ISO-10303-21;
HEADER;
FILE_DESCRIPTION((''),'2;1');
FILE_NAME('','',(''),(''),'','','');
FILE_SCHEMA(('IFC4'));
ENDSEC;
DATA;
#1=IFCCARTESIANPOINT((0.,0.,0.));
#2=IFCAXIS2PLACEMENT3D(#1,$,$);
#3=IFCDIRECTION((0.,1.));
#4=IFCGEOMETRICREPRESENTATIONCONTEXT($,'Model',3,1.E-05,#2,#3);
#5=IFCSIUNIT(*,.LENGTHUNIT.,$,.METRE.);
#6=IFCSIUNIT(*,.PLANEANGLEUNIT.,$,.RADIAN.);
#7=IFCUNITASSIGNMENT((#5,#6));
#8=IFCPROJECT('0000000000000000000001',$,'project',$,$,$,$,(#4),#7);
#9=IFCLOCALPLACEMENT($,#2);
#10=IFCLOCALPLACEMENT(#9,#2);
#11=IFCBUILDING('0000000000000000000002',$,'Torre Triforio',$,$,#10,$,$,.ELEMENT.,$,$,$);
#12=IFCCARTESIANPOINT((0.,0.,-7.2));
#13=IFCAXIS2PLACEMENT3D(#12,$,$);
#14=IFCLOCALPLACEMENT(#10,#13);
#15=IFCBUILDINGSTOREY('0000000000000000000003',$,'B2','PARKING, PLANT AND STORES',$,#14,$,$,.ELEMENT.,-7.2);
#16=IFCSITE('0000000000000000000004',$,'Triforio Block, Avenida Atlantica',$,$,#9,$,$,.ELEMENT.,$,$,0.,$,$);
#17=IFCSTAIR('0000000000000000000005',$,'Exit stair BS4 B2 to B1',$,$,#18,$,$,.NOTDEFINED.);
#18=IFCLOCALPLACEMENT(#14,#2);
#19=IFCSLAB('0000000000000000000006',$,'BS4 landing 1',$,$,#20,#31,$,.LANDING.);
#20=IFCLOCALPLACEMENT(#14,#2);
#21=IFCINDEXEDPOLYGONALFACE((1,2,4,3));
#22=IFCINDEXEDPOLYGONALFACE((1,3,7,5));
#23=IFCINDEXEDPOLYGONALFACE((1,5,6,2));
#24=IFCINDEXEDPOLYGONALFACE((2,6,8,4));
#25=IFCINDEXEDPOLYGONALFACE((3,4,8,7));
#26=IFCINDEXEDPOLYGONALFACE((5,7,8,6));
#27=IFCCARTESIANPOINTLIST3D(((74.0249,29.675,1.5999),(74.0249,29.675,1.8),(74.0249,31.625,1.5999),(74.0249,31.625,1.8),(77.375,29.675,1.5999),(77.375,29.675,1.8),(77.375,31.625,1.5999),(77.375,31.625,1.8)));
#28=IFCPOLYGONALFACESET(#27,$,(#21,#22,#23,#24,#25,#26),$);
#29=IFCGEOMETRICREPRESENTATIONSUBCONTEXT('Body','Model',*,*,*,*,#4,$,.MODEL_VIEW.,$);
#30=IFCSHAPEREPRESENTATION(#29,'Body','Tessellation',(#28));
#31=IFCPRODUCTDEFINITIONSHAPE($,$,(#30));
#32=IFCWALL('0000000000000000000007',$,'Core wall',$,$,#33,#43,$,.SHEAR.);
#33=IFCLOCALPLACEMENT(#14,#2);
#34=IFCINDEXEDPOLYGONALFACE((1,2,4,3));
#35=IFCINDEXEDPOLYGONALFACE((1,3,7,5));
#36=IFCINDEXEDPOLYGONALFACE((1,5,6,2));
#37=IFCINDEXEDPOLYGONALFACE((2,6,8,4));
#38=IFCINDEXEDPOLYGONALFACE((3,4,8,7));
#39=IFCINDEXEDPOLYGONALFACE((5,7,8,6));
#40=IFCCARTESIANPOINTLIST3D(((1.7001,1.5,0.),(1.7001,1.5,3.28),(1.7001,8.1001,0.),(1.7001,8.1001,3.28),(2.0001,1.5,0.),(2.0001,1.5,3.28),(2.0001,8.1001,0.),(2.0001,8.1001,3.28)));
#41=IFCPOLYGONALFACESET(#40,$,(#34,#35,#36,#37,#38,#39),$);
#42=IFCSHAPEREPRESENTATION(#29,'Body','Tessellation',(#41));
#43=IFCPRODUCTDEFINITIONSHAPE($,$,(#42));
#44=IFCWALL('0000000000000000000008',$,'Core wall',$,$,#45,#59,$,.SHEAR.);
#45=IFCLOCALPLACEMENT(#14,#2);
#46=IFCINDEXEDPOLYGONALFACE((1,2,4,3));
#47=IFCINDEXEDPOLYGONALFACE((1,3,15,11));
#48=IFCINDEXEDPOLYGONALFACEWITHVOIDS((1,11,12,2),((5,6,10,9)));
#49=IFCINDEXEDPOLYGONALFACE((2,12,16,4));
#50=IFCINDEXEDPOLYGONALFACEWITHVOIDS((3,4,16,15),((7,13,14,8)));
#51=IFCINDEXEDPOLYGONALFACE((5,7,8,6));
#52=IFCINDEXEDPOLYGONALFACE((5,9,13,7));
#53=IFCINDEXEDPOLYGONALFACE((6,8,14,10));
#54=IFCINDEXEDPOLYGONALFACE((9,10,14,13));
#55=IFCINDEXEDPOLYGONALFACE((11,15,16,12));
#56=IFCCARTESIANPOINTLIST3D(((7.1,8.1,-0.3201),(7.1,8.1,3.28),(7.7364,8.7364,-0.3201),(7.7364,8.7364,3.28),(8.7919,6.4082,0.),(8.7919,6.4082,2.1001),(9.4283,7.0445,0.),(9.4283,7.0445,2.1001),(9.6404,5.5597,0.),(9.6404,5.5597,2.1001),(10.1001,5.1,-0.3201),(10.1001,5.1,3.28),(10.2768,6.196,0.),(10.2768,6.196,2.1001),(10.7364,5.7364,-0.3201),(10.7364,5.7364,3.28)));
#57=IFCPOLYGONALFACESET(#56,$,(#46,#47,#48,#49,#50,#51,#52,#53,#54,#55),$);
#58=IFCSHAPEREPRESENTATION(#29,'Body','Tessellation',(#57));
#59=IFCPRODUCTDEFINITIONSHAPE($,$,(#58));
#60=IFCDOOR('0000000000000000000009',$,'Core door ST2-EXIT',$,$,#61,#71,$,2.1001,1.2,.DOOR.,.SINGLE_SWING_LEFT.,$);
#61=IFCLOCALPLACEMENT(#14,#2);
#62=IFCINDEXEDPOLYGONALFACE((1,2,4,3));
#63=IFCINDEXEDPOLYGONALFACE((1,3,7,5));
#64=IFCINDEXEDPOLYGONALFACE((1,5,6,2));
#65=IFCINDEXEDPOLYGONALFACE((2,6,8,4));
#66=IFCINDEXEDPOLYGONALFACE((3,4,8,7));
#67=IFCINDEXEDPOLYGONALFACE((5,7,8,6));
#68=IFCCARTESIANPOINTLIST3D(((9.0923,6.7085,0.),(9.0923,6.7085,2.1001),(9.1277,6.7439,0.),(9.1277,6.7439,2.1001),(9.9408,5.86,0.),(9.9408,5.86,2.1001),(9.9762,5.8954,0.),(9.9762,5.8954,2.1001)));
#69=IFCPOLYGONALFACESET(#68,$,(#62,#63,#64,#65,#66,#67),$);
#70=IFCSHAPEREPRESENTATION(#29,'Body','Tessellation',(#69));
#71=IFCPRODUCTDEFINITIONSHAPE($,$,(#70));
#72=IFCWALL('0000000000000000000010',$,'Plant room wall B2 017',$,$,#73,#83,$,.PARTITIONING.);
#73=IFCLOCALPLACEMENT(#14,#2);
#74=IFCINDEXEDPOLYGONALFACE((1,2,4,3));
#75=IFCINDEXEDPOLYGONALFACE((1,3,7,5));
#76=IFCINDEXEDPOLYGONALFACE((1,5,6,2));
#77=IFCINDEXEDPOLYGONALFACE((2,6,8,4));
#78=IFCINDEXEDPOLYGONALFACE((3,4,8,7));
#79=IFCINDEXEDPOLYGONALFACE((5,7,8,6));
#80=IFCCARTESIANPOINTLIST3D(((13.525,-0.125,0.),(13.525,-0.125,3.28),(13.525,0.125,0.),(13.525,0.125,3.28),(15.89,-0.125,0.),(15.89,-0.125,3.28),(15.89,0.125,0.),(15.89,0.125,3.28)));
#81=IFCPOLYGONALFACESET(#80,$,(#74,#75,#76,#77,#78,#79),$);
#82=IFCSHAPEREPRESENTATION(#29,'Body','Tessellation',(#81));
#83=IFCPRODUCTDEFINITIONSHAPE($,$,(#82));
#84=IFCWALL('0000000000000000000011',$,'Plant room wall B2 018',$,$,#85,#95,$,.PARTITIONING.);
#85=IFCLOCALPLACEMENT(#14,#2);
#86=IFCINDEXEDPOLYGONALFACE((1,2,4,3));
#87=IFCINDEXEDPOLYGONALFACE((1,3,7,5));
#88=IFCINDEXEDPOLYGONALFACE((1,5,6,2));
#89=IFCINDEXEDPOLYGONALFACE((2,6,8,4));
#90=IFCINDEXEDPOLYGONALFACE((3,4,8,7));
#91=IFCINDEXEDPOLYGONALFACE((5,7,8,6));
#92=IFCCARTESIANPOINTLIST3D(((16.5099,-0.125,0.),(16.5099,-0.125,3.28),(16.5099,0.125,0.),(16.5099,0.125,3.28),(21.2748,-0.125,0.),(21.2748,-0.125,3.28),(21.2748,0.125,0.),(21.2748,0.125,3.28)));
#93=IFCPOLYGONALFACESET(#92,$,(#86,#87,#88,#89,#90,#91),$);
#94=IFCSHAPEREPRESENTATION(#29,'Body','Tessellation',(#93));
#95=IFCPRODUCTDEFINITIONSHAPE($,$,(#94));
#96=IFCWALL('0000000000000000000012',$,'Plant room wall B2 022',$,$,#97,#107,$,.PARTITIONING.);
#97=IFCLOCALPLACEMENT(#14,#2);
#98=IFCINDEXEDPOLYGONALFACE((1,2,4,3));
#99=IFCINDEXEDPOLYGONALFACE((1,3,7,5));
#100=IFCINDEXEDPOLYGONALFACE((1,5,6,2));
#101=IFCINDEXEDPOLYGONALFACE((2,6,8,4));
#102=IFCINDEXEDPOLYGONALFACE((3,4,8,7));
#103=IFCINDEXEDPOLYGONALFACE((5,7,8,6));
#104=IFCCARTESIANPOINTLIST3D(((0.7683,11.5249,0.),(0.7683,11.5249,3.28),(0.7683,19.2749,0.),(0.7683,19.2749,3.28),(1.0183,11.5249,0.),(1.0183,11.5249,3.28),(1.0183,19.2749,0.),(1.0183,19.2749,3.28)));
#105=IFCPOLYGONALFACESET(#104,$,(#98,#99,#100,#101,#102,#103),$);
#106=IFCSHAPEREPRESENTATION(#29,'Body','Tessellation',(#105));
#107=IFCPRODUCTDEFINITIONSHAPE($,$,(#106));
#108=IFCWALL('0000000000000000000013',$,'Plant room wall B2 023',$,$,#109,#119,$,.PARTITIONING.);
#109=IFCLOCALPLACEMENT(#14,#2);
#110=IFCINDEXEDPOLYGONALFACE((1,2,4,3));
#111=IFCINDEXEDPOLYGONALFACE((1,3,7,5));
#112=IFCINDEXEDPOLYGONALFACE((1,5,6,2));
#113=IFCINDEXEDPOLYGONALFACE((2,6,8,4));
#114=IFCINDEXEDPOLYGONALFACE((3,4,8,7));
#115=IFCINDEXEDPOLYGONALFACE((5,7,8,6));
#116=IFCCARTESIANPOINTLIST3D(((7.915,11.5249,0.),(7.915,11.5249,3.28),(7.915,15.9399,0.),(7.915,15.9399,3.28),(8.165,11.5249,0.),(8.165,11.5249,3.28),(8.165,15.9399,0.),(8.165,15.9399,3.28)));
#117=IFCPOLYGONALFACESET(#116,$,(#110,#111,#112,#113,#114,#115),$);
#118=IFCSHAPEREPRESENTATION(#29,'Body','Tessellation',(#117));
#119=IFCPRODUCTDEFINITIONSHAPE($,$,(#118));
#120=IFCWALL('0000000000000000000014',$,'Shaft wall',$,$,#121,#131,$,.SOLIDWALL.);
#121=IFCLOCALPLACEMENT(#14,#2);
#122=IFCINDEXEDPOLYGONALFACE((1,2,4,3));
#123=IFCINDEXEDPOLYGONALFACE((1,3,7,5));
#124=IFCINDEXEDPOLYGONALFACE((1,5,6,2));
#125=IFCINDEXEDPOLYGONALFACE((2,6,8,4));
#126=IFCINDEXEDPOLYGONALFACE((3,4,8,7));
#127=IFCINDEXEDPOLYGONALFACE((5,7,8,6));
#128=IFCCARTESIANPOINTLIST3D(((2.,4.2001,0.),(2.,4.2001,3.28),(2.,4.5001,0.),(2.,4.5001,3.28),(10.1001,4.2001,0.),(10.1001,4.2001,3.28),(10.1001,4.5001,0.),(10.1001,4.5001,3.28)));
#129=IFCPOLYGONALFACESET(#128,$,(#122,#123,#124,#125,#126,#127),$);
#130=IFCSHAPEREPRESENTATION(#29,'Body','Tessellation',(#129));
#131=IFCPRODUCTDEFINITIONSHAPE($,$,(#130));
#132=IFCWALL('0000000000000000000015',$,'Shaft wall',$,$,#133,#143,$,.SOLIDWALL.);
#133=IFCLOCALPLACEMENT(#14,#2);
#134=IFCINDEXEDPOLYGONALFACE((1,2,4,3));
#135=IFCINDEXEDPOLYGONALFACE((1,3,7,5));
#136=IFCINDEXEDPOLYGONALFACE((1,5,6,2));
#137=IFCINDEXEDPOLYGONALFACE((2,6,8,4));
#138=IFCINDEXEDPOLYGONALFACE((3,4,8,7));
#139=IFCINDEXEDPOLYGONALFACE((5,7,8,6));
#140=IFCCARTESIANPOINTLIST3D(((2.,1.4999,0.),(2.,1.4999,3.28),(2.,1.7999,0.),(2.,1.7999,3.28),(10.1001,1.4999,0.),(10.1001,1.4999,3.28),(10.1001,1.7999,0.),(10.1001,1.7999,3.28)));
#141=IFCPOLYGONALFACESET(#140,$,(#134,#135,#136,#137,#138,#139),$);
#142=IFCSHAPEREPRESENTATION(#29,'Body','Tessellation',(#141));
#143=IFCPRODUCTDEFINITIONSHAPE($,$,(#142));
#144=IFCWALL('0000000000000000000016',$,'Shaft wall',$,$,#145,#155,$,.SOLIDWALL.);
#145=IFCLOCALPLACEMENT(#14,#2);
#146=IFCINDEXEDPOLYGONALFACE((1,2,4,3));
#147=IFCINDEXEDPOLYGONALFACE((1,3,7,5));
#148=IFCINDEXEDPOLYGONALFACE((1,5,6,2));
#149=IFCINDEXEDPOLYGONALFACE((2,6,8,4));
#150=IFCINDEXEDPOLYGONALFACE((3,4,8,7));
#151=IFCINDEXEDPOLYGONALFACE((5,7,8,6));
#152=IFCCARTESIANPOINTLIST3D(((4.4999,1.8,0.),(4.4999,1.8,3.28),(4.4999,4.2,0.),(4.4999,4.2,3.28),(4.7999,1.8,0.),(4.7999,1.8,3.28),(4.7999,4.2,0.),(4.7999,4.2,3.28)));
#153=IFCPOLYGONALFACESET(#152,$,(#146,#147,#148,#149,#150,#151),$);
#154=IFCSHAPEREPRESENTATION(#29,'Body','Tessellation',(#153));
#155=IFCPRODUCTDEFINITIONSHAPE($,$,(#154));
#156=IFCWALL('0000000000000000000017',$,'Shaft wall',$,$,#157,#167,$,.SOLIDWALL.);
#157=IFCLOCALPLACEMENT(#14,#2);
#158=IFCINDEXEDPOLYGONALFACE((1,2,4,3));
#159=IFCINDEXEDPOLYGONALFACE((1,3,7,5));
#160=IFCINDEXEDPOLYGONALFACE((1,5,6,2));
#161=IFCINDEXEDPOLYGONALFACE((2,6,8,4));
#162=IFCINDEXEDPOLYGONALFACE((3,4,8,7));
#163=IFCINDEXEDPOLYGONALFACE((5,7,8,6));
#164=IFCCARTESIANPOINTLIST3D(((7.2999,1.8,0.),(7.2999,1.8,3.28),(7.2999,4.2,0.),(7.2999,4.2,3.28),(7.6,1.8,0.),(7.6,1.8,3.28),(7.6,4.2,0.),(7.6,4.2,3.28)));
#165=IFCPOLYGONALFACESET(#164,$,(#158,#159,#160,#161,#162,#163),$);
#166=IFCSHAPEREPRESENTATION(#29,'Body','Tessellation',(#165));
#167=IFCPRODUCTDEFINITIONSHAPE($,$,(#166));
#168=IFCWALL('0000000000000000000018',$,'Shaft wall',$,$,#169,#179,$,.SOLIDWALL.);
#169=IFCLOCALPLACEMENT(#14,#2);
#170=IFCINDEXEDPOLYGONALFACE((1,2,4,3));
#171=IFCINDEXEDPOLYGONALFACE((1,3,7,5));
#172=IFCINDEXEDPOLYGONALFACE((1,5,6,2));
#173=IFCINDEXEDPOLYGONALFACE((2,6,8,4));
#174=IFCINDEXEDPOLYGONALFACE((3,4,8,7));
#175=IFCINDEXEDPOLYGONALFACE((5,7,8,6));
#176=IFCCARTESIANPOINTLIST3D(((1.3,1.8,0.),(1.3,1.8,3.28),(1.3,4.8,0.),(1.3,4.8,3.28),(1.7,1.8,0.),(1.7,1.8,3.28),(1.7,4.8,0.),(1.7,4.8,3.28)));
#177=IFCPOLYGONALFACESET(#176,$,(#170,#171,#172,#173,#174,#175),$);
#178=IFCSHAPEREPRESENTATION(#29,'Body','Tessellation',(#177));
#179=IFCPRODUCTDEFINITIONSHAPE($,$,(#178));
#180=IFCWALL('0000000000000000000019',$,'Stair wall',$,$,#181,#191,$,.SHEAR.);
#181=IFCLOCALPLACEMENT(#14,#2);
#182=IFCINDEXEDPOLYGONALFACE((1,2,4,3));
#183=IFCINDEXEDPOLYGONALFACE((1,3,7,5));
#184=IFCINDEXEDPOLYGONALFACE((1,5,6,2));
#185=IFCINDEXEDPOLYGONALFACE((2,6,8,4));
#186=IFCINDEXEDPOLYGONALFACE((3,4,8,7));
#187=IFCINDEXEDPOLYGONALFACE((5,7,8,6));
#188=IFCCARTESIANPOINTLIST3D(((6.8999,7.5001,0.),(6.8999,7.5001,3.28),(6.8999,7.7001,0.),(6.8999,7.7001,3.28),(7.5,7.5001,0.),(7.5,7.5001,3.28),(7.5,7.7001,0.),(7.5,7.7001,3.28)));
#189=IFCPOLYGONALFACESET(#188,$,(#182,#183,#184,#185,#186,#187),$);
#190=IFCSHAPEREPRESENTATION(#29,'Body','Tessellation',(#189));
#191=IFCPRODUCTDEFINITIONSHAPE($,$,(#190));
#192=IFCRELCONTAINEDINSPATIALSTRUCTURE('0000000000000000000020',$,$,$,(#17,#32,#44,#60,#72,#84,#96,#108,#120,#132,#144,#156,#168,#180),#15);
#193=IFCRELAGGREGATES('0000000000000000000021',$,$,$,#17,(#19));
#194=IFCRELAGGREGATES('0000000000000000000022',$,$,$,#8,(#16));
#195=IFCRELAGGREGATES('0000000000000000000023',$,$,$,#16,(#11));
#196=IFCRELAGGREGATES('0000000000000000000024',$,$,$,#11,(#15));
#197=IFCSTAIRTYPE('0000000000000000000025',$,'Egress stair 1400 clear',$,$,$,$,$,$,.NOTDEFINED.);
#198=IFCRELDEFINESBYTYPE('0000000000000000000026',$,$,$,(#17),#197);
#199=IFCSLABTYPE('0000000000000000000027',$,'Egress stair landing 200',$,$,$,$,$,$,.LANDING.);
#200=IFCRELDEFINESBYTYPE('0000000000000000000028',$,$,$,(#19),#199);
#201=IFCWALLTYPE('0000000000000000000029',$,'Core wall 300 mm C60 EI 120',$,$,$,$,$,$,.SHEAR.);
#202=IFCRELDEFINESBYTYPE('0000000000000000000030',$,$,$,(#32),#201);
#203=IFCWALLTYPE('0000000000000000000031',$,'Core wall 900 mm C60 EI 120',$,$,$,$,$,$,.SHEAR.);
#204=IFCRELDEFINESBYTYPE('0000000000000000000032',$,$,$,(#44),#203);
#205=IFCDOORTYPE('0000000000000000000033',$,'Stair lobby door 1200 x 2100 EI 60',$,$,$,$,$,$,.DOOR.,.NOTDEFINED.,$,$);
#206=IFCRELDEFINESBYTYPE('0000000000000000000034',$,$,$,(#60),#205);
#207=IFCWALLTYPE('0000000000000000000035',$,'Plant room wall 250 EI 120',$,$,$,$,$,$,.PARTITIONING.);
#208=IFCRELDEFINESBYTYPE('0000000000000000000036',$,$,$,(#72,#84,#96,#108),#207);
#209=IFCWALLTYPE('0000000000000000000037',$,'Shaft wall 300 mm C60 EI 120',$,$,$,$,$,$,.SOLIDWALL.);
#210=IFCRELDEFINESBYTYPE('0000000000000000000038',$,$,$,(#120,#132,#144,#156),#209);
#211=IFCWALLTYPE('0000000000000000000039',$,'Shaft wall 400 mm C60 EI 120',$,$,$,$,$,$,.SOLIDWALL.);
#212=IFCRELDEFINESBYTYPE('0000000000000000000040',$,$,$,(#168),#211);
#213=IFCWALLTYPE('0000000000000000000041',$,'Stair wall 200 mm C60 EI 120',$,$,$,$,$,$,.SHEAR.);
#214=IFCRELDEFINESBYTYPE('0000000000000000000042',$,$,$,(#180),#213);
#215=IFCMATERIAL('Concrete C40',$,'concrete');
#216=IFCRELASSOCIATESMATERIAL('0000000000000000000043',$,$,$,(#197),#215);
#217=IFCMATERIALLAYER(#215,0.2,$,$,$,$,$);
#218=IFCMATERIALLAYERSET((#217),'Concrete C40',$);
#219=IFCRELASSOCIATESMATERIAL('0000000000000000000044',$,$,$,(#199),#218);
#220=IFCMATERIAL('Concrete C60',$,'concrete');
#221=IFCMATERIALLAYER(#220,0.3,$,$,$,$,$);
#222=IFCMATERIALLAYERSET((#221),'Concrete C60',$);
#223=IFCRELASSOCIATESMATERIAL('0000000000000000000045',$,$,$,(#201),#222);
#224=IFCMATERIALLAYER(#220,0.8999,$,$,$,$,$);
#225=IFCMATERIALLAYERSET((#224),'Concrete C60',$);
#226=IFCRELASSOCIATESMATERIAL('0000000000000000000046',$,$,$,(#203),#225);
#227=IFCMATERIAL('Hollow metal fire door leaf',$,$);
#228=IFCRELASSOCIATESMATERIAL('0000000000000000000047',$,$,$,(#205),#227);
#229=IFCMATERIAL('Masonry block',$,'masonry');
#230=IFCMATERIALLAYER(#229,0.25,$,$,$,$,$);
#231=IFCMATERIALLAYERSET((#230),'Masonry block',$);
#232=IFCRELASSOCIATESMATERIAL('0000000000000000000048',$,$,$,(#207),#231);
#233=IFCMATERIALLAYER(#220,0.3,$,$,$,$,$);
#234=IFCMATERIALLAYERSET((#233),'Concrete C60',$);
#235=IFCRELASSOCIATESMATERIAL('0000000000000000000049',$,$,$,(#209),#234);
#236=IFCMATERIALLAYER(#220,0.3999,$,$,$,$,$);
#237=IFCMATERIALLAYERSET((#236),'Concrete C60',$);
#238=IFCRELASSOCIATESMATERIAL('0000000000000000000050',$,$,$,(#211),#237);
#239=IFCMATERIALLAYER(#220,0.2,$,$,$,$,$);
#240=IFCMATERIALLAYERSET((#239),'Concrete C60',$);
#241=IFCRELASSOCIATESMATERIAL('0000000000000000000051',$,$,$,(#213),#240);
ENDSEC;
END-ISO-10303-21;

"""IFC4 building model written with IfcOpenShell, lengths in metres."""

from ifc_helpers import new_model, si_unit, direction, frame, frame_2d, origin, place, context, subcontext, project, spatial, polyline, rectangle, outline, extrude, material, layer, layer_set, type_object, element, fill, aggregate, save


model = new_model("IFC4")

# Units and contexts
model_context = context("Model", 3, precision=1e-05, world=origin(), true_north=direction((0.0, 1.0)))
body_context = subcontext(model_context, "Body", "Model", "MODEL_VIEW")
ifc_project = project(units=[si_unit("LENGTHUNIT", "METRE"), si_unit("PLANEANGLEUNIT", "RADIAN")], contexts=[model_context])

# Site, building, storey
site_placement = place(None, origin())
site = spatial("IfcSite", under=ifc_project, at=site_placement, Name="Triforio Block, Avenida Atlantica", CompositionType="ELEMENT", RefElevation=0.0)
building_placement = place(site_placement, origin())
building = spatial("IfcBuilding", under=site, at=building_placement, Name="Torre Triforio", CompositionType="ELEMENT")
storey_placement = place(building_placement, frame((0.0, 0.0, -7.2)))
storey = spatial("IfcBuildingStorey", under=building, at=storey_placement, Name="B2", Description="PARKING, PLANT AND STORES", CompositionType="ELEMENT", Elevation=-7.2)

# Shared definitions
ifc_material_1 = material(Name="Concrete C60", Category="concrete")

# Stair, slab
ifc_material_2 = material(Name="Concrete C40", Category="concrete")
stair_type = type_object("IfcStairType", Name="Egress stair 1400 clear", PredefinedType="NOTDEFINED", material=ifc_material_2)
ifc_layer_1 = layer(ifc_material_2, 0.2)
ifc_layer_set_1 = layer_set([ifc_layer_1], Name="Concrete C40")
slab_type_1 = type_object("IfcSlabType", Name="Egress stair landing 200", PredefinedType="LANDING", material=ifc_layer_set_1)
stair_1_placement = place(storey_placement, origin())
stair_1 = element("IfcStair", 1, at=stair_1_placement, inside=storey, type_object=stair_type, Name="Exit stair BS4 B2 to B1", PredefinedType="NOTDEFINED")
slab_1_placement = place(storey_placement, frame((0.0, 0.0, 1.5999)))
slab_1 = element("IfcSlab", 2, at=slab_1_placement, type_object=slab_type_1, Name="BS4 landing 1", PredefinedType="LANDING", context=body_context, shape_type="SweptSolid", body=[
    extrude(outline(polyline([(74.0249, 29.675), (77.375, 29.675), (77.375, 31.625), (74.0249, 31.625), (74.0249, 29.675)])), origin(), (0.0, 0.0, 1.0), 0.2002),
])
aggregate(stair_1, [slab_1])

# Wall
ifc_layer_2 = layer(ifc_material_1, 0.3)
ifc_layer_set_2 = layer_set([ifc_layer_2], Name="Concrete C60")
wall_type_1 = type_object("IfcWallType", Name="Core wall 300 mm C60 EI 120", PredefinedType="SHEAR", material=ifc_layer_set_2)
wall_1_placement = place(storey_placement, frame((1.8501, 1.5, 0.0), z_axis=(0.0, 0.0, 1.0), x_axis=(0.0, 1.0, 0.0)))
element("IfcWall", 3, at=wall_1_placement, inside=storey, type_object=wall_type_1, Name="Core wall", PredefinedType="SHEAR", context=body_context, shape_type="SweptSolid", body=[
    extrude(rectangle(XDim=6.6001, YDim=0.3, at=frame_2d((3.3, 0.0))), origin(), (0.0, 0.0, 1.0), 3.28),
])

# Wall, opening, door
ifc_layer_3 = layer(ifc_material_1, 0.8999)
ifc_layer_set_3 = layer_set([ifc_layer_3], Name="Concrete C60")
wall_type_2 = type_object("IfcWallType", Name="Core wall 900 mm C60 EI 120", PredefinedType="SHEAR", material=ifc_layer_set_3)
wall_2_placement = place(storey_placement, frame((7.4182, 8.4182, -0.3201), z_axis=(0.0, 0.0, 1.0), x_axis=(0.707107, -0.707107, 0.0)))
wall_2 = element("IfcWall", 4, at=wall_2_placement, inside=storey, type_object=wall_type_2, Name="Core wall", PredefinedType="SHEAR", context=body_context, shape_type="SweptSolid", body=[
    extrude(rectangle(XDim=4.2427, YDim=0.8999, at=frame_2d((2.1213, 0.0))), origin(), (0.0, 0.0, 1.0), 3.6001),
])
opening_1_placement = place(wall_2_placement, frame((2.3926, 0.0, 0.3201)))
opening_1 = element("IfcOpeningElement", 5, at=opening_1_placement, cuts=wall_2, PredefinedType="OPENING", context=body_context, shape_type="SweptSolid", body=[
    extrude(rectangle(XDim=1.2, YDim=2.1001, at=frame_2d((0.6001, 1.05))), frame((0.0, 0.46, 0.0), z_axis=(0.0, -1.0, 0.0), x_axis=(1.0, 0.0, 0.0)), (0.0, 0.0, 1.0), 0.9199),
])
ifc_material_3 = material(Name="Hollow metal fire door leaf")
door_type_1 = type_object("IfcDoorType", Name="Stair lobby door 1200 x 2100 EI 60", OperationType="NOTDEFINED", PredefinedType="DOOR", material=ifc_material_3)
door_1_placement = place(opening_1_placement, origin())
door_1 = element("IfcDoor", 6, at=door_1_placement, inside=storey, type_object=door_type_1, Name="Core door ST2-EXIT", OperationType="SINGLE_SWING_LEFT", OverallHeight=2.1001, OverallWidth=1.2, PredefinedType="DOOR", context=body_context, shape_type="SweptSolid", body=[
    extrude(rectangle(XDim=1.2, YDim=2.1001, at=frame_2d((0.6001, 1.05))), frame((0.0, 0.0249, 0.0), z_axis=(0.0, -1.0, 0.0), x_axis=(1.0, 0.0, 0.0)), (0.0, 0.0, 1.0), 0.05),
])
fill(opening_1, door_1)

# Walls
ifc_material_4 = material(Name="Masonry block", Category="masonry")
ifc_layer_4 = layer(ifc_material_4, 0.25)
ifc_layer_set_4 = layer_set([ifc_layer_4], Name="Masonry block")
wall_type_3 = type_object("IfcWallType", Name="Plant room wall 250 EI 120", PredefinedType="PARTITIONING", material=ifc_layer_set_4)
wall_3_placement = place(storey_placement, frame((13.5249, 0.0, 0.0), z_axis=(0.0, 0.0, 1.0), x_axis=(1.0, 0.0, 0.0)))
element("IfcWall", 7, at=wall_3_placement, inside=storey, type_object=wall_type_3, Name="Plant room wall B2 017", PredefinedType="PARTITIONING", context=body_context, shape_type="SweptSolid", body=[
    extrude(rectangle(XDim=2.365, YDim=0.25, at=frame_2d((1.1826, 0.0))), origin(), (0.0, 0.0, 1.0), 3.28),
])
wall_4_placement = place(storey_placement, frame((16.51, 0.0, 0.0), z_axis=(0.0, 0.0, 1.0), x_axis=(1.0, 0.0, 0.0)))
element("IfcWall", 8, at=wall_4_placement, inside=storey, type_object=wall_type_3, Name="Plant room wall B2 018", PredefinedType="PARTITIONING", context=body_context, shape_type="SweptSolid", body=[
    extrude(rectangle(XDim=4.7649, YDim=0.25, at=frame_2d((2.3823, 0.0))), origin(), (0.0, 0.0, 1.0), 3.28),
])
wall_5_placement = place(storey_placement, frame((0.8933, 11.5249, 0.0), z_axis=(0.0, 0.0, 1.0), x_axis=(0.0, 1.0, 0.0)))
element("IfcWall", 9, at=wall_5_placement, inside=storey, type_object=wall_type_3, Name="Plant room wall B2 022", PredefinedType="PARTITIONING", context=body_context, shape_type="SweptSolid", body=[
    extrude(rectangle(XDim=7.75, YDim=0.25, at=frame_2d((3.875, 0.0))), origin(), (0.0, 0.0, 1.0), 3.28),
])
wall_6_placement = place(storey_placement, frame((8.04, 11.5249, 0.0), z_axis=(0.0, 0.0, 1.0), x_axis=(0.0, 1.0, 0.0)))
element("IfcWall", 10, at=wall_6_placement, inside=storey, type_object=wall_type_3, Name="Plant room wall B2 023", PredefinedType="PARTITIONING", context=body_context, shape_type="SweptSolid", body=[
    extrude(rectangle(XDim=4.415, YDim=0.25, at=frame_2d((2.2075, 0.0))), origin(), (0.0, 0.0, 1.0), 3.28),
])
ifc_layer_5 = layer(ifc_material_1, 0.3)
ifc_layer_set_5 = layer_set([ifc_layer_5], Name="Concrete C60")
wall_type_4 = type_object("IfcWallType", Name="Shaft wall 300 mm C60 EI 120", PredefinedType="SOLIDWALL", material=ifc_layer_set_5)
for number, where, z_axis, x_axis, name in (
    (11, (2.0, 4.3501, 0.0), (0.0, 0.0, 1.0), (1.0, 0.0, 0.0), "Shaft wall"),
    (12, (2.0, 1.6499, 0.0), (0.0, 0.0, 1.0), (1.0, 0.0, 0.0), "Shaft wall"),
):
    element("IfcWall", number, at=place(storey_placement, frame(where, z_axis=z_axis, x_axis=x_axis)), inside=storey, type_object=wall_type_4, Name=name, PredefinedType="SOLIDWALL", context=body_context, shape_type="SweptSolid", body=[
        extrude(rectangle(XDim=8.1001, YDim=0.3, at=frame_2d((4.05, 0.0))), origin(), (0.0, 0.0, 1.0), 3.28),
    ])
for number, where, z_axis, x_axis, name in (
    (13, (4.6499, 1.8, 0.0), (0.0, 0.0, 1.0), (0.0, 1.0, 0.0), "Shaft wall"),
    (14, (7.45, 1.8, 0.0), (0.0, 0.0, 1.0), (0.0, 1.0, 0.0), "Shaft wall"),
):
    element("IfcWall", number, at=place(storey_placement, frame(where, z_axis=z_axis, x_axis=x_axis)), inside=storey, type_object=wall_type_4, Name=name, PredefinedType="SOLIDWALL", context=body_context, shape_type="SweptSolid", body=[
        extrude(rectangle(XDim=2.3999, YDim=0.3, at=frame_2d((1.2, 0.0))), origin(), (0.0, 0.0, 1.0), 3.28),
    ])
ifc_layer_6 = layer(ifc_material_1, 0.3999)
ifc_layer_set_6 = layer_set([ifc_layer_6], Name="Concrete C60")
wall_type_5 = type_object("IfcWallType", Name="Shaft wall 400 mm C60 EI 120", PredefinedType="SOLIDWALL", material=ifc_layer_set_6)
wall_7_placement = place(storey_placement, frame((1.5, 1.8, 0.0), z_axis=(0.0, 0.0, 1.0), x_axis=(0.0, 1.0, 0.0)))
element("IfcWall", 15, at=wall_7_placement, inside=storey, type_object=wall_type_5, Name="Shaft wall", PredefinedType="SOLIDWALL", context=body_context, shape_type="SweptSolid", body=[
    extrude(rectangle(XDim=3.0, YDim=0.3999, at=frame_2d((1.5, 0.0))), origin(), (0.0, 0.0, 1.0), 3.28),
])
ifc_layer_7 = layer(ifc_material_1, 0.2)
ifc_layer_set_7 = layer_set([ifc_layer_7], Name="Concrete C60")
wall_type_6 = type_object("IfcWallType", Name="Stair wall 200 mm C60 EI 120", PredefinedType="SHEAR", material=ifc_layer_set_7)
wall_8_placement = place(storey_placement, frame((6.8999, 7.6001, 0.0), z_axis=(0.0, 0.0, 1.0), x_axis=(1.0, 0.0, 0.0)))
element("IfcWall", 16, at=wall_8_placement, inside=storey, type_object=wall_type_6, Name="Stair wall", PredefinedType="SHEAR", context=body_context, shape_type="SweptSolid", body=[
    extrude(rectangle(XDim=0.6001, YDim=0.2, at=frame_2d((0.3, 0.0))), origin(), (0.0, 0.0, 1.0), 3.28),
])

save(model, "model.ifc")
